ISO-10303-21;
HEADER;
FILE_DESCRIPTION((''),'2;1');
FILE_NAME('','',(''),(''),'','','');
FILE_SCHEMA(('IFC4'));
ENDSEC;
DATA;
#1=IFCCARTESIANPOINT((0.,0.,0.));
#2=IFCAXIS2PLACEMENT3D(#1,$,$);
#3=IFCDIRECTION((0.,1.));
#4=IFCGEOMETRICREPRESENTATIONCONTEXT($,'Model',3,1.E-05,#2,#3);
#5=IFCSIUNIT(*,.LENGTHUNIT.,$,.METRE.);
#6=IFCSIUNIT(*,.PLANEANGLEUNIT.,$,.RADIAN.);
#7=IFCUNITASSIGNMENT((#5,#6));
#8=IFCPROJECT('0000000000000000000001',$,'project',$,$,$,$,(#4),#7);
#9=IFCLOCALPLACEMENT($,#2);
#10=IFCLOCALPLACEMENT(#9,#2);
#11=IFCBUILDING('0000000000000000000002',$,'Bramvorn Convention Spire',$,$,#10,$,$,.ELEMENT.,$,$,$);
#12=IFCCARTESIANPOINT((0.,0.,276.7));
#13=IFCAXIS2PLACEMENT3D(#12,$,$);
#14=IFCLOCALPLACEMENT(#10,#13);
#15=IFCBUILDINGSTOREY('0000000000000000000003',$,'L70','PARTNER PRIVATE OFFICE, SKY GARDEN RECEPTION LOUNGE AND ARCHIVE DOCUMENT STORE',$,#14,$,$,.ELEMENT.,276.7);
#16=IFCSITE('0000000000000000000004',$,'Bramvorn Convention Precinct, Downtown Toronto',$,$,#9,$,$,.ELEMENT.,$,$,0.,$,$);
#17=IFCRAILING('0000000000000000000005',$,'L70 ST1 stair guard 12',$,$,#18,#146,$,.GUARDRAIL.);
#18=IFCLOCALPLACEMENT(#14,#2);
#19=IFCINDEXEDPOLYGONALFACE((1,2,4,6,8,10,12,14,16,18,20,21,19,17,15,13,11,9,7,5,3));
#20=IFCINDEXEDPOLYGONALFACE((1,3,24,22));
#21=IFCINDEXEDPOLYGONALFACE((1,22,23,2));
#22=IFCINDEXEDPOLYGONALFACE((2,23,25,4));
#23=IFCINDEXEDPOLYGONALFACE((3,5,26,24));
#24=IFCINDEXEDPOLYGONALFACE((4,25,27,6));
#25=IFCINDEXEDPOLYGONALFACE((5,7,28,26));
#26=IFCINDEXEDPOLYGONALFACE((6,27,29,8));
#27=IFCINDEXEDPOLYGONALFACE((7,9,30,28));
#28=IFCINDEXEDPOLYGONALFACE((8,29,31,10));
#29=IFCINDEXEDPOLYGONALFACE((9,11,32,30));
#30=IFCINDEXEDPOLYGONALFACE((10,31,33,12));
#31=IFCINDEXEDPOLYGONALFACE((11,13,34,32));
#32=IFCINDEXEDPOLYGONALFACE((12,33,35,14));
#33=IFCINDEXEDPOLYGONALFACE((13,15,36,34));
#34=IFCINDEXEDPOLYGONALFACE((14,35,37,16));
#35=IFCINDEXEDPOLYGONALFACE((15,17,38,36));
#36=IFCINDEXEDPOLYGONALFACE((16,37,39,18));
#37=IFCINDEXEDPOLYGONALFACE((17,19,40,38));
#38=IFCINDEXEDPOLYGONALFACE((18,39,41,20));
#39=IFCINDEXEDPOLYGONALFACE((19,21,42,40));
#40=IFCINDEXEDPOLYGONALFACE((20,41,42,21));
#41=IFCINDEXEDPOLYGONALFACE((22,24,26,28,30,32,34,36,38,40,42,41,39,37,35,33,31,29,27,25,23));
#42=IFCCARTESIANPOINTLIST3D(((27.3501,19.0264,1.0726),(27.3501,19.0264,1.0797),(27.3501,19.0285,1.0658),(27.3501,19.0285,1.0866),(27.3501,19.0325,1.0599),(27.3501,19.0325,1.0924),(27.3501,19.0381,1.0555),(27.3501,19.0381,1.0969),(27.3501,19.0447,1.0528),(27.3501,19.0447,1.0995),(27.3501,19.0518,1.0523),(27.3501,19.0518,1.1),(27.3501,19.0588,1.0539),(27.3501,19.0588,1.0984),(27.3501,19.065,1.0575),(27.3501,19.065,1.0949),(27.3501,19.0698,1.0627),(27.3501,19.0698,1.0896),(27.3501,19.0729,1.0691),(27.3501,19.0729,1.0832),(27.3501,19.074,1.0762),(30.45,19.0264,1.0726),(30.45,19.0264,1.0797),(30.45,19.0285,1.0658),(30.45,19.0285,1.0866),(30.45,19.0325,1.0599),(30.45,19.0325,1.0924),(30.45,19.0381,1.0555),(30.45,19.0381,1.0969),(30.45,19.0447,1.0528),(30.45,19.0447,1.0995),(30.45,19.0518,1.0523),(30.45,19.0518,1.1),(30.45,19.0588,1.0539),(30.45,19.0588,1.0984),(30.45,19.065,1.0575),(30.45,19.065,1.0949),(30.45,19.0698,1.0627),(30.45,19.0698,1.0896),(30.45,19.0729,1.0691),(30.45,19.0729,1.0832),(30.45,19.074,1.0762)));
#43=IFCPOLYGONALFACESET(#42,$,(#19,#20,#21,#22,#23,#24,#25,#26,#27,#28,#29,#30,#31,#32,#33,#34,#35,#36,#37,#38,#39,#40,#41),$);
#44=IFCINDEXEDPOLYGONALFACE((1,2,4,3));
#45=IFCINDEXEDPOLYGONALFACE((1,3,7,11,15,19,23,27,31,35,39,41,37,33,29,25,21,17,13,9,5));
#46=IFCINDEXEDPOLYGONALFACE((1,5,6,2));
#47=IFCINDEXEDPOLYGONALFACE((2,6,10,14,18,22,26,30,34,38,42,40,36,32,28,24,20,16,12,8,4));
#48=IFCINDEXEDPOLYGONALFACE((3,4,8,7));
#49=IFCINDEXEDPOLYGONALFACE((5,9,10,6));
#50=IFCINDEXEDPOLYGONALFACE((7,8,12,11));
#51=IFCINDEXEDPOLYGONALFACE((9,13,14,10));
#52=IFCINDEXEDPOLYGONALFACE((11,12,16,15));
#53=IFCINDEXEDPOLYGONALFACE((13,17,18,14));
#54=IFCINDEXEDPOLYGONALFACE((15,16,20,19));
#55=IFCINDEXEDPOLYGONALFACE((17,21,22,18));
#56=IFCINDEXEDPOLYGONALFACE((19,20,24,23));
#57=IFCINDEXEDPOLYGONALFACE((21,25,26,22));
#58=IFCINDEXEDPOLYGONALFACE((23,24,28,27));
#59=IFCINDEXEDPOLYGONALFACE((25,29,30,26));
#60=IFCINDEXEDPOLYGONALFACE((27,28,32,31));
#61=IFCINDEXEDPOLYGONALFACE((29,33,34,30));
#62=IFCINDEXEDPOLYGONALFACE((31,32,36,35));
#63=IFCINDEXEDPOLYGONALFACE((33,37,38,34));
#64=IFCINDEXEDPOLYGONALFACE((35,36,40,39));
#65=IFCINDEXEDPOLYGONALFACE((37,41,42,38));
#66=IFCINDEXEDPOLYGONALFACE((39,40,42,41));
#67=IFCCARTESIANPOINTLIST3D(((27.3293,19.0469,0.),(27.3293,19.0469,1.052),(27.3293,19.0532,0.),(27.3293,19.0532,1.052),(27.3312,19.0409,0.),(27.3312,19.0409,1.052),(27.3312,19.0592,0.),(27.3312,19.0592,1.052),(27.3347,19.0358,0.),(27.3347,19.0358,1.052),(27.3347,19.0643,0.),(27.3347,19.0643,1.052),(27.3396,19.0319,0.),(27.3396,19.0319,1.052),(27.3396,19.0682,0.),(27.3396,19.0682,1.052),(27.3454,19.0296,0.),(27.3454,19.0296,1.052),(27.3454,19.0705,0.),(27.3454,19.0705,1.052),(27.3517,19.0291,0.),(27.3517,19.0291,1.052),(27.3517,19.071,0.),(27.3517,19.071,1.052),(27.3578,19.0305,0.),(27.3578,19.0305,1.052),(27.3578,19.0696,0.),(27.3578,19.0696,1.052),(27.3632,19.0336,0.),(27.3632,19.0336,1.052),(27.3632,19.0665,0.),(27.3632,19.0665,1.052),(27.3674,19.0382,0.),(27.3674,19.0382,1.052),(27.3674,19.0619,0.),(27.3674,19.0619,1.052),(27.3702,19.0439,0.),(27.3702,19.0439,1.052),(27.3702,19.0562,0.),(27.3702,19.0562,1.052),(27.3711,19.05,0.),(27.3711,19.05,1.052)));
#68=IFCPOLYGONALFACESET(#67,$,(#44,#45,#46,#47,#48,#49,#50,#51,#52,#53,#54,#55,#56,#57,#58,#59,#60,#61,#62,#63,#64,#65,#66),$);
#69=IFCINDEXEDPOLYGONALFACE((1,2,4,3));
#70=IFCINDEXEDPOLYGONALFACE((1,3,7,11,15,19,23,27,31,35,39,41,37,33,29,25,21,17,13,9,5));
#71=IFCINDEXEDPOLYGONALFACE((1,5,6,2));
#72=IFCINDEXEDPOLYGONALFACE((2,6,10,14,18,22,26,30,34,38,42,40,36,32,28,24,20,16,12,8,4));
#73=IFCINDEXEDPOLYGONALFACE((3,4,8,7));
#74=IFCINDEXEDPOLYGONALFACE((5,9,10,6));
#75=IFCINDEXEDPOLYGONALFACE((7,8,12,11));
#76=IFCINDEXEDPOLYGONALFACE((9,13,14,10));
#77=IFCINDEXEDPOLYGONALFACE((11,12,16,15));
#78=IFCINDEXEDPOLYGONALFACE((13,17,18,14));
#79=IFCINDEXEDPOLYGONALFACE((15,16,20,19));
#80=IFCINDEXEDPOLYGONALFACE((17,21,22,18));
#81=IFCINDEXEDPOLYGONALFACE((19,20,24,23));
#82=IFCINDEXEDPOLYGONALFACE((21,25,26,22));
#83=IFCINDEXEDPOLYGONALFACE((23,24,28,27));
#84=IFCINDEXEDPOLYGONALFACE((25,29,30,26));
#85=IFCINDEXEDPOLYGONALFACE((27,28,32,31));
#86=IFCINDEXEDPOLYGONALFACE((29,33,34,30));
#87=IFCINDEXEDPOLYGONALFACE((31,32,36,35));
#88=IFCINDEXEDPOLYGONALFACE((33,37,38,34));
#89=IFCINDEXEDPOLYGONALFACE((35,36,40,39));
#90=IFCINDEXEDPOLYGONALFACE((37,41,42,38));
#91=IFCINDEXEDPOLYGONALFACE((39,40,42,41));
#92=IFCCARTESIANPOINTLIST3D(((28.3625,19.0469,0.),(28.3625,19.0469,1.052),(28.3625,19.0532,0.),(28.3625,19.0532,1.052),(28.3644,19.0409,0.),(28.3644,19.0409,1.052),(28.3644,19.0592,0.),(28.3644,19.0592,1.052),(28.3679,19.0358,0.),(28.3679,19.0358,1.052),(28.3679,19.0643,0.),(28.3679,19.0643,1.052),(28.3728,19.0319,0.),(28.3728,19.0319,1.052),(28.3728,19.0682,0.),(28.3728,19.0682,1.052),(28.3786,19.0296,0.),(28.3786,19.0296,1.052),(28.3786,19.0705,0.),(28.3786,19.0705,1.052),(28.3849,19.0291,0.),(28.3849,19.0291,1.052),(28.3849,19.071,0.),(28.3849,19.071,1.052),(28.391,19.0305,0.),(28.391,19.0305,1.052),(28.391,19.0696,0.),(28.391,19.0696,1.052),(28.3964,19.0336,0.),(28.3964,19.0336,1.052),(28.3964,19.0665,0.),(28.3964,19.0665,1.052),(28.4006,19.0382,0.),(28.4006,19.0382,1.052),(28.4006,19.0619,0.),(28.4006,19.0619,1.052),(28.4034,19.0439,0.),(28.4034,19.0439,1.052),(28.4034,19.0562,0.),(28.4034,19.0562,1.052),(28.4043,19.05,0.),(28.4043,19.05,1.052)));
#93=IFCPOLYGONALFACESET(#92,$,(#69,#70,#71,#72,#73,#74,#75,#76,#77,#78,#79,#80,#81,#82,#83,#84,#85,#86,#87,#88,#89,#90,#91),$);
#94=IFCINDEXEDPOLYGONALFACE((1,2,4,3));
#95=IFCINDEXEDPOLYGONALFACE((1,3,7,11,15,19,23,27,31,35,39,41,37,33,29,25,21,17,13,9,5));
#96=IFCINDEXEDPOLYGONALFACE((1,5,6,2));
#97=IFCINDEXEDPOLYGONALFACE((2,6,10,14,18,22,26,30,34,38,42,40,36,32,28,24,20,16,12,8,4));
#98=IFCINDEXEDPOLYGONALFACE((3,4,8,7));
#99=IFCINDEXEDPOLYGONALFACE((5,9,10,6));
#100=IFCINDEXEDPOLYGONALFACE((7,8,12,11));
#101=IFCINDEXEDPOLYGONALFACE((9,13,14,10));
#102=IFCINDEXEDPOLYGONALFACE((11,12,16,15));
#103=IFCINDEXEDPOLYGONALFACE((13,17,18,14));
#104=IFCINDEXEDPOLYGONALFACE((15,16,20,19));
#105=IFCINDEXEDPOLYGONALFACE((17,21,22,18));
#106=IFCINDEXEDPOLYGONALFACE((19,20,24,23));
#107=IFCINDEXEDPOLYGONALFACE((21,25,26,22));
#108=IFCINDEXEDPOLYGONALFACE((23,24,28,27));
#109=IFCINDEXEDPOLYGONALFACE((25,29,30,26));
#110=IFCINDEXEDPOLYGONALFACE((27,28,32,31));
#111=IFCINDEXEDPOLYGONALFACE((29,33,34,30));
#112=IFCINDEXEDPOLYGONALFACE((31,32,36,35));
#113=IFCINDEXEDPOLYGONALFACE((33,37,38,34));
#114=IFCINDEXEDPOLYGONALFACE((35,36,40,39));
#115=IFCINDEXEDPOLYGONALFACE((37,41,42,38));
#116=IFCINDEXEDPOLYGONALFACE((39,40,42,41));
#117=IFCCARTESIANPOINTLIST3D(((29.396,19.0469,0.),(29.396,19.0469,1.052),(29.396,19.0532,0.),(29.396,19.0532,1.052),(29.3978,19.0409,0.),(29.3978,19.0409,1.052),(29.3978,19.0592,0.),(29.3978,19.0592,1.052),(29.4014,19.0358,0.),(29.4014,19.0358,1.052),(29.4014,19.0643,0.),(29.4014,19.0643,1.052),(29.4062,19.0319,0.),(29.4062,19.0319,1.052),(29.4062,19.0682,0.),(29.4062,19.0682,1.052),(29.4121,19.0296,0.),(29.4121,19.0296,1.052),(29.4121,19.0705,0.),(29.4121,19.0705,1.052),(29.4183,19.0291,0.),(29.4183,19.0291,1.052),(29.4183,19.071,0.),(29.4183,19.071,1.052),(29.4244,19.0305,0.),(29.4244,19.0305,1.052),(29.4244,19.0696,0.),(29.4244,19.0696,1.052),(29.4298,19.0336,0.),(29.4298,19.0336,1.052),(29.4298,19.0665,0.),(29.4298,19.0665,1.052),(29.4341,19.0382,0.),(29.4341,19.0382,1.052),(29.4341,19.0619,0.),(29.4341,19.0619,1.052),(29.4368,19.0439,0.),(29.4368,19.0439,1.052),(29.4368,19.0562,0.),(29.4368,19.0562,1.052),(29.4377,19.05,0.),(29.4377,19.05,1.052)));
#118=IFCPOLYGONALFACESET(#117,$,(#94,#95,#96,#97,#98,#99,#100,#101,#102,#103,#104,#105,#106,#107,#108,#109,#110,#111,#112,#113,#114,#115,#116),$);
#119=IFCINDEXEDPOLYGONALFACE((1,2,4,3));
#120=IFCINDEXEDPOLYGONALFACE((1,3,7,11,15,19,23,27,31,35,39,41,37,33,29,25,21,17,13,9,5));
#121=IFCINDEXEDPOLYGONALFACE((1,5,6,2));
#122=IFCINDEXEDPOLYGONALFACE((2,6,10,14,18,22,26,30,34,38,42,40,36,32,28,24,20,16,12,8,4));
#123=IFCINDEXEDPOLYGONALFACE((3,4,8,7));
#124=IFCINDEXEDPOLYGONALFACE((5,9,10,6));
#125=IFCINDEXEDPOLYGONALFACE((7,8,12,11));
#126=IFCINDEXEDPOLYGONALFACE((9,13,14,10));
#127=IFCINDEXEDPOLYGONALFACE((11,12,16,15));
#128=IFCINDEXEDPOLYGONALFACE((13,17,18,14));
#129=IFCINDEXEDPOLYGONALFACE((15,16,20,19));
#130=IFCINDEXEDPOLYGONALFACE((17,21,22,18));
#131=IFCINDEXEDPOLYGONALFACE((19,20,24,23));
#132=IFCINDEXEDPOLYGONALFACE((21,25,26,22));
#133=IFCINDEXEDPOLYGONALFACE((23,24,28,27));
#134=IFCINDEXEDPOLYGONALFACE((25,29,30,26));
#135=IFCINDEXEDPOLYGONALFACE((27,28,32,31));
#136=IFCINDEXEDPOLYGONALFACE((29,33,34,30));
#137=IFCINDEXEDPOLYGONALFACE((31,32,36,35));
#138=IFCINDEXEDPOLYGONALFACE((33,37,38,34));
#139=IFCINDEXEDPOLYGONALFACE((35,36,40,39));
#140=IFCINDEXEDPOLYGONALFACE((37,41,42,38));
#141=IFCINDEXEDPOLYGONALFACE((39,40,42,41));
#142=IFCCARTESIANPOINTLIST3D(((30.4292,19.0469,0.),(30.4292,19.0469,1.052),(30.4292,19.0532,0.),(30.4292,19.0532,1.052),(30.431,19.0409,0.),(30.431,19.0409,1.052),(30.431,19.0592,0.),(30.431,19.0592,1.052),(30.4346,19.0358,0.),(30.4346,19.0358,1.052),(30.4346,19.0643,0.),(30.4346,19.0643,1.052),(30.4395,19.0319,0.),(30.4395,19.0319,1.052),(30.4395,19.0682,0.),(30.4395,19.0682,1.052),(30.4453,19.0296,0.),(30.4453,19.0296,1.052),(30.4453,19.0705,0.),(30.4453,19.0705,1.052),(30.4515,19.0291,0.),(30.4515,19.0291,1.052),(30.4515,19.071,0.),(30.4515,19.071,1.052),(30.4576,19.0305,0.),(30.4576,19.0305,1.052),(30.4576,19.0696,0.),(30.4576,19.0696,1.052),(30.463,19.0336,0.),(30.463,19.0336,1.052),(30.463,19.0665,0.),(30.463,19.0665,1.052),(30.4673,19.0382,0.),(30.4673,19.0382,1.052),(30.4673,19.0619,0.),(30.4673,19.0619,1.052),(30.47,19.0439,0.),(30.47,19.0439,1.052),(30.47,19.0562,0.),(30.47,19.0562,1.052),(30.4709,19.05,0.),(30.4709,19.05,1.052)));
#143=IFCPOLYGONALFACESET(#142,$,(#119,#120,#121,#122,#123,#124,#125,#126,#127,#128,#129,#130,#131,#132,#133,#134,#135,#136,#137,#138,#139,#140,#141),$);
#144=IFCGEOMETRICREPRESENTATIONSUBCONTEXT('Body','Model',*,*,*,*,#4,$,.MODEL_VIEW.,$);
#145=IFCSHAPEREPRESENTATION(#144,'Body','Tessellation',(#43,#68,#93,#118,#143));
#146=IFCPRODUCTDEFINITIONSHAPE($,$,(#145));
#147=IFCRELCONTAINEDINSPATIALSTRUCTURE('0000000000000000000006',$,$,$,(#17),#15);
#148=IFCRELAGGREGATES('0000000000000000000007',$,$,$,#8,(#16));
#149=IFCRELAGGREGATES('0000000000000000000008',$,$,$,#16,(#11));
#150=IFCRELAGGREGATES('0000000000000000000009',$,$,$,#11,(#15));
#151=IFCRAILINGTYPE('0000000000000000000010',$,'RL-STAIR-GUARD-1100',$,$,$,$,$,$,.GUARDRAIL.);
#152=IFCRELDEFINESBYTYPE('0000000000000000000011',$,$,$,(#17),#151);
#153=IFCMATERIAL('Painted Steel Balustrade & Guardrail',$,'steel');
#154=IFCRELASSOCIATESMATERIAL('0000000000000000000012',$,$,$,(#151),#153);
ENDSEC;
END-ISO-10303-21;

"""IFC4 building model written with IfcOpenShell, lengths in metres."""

from ifc_helpers import new_model, si_unit, direction, frame, origin, origin_2d, place, context, subcontext, project, spatial, circle, extrude, material, type_object, element, save


model = new_model("IFC4")

# Units and contexts
model_context = context("Model", 3, precision=1e-05, world=origin(), true_north=direction((0.0, 1.0)))
body_context = subcontext(model_context, "Body", "Model", "MODEL_VIEW")
ifc_project = project(units=[si_unit("LENGTHUNIT", "METRE"), si_unit("PLANEANGLEUNIT", "RADIAN")], contexts=[model_context])

# Site, building, storey
site_placement = place(None, origin())
site = spatial("IfcSite", under=ifc_project, at=site_placement, Name="Bramvorn Convention Precinct, Downtown Toronto", CompositionType="ELEMENT", RefElevation=0.0)
building_placement = place(site_placement, origin())
building = spatial("IfcBuilding", under=site, at=building_placement, Name="Bramvorn Convention Spire", CompositionType="ELEMENT")
storey_placement = place(building_placement, frame((0.0, 0.0, 276.7)))
storey = spatial("IfcBuildingStorey", under=building, at=storey_placement, Name="L70", Description="PARTNER PRIVATE OFFICE, SKY GARDEN RECEPTION LOUNGE AND ARCHIVE DOCUMENT STORE", CompositionType="ELEMENT", Elevation=276.7)

# Railing
ifc_material_1 = material(Name="Painted Steel Balustrade & Guardrail", Category="steel")
railing_type_1 = type_object("IfcRailingType", Name="RL-STAIR-GUARD-1100", PredefinedType="GUARDRAIL", material=ifc_material_1)
railing_1_placement = place(storey_placement, frame((27.3501, 19.05, 0.0)))
element("IfcRailing", 1, at=railing_1_placement, inside=storey, type_object=railing_type_1, Name="L70 ST1 stair guard 12", PredefinedType="GUARDRAIL", context=body_context, shape_type="SweptSolid", body=[
    extrude(circle(Radius=0.0239, at=origin_2d()), frame((0.0, 0.0, 1.0762), z_axis=(1.0, 0.0, 0.0), x_axis=(0.0, 1.0, 0.0)), (0.0, 0.0, 1.0), 3.0999),
    extrude(circle(Radius=0.021, at=origin_2d()), origin(), (0.0, 0.0, 1.0), 1.052),
    extrude(circle(Radius=0.021, at=origin_2d()), frame((1.0332, 0.0, 0.0)), (0.0, 0.0, 1.0), 1.052),
    extrude(circle(Radius=0.021, at=origin_2d()), frame((2.0667, 0.0, 0.0)), (0.0, 0.0, 1.0), 1.052),
    extrude(circle(Radius=0.021, at=origin_2d()), frame((3.0999, 0.0, 0.0)), (0.0, 0.0, 1.0), 1.052),
])

save(model, "model.ifc")
